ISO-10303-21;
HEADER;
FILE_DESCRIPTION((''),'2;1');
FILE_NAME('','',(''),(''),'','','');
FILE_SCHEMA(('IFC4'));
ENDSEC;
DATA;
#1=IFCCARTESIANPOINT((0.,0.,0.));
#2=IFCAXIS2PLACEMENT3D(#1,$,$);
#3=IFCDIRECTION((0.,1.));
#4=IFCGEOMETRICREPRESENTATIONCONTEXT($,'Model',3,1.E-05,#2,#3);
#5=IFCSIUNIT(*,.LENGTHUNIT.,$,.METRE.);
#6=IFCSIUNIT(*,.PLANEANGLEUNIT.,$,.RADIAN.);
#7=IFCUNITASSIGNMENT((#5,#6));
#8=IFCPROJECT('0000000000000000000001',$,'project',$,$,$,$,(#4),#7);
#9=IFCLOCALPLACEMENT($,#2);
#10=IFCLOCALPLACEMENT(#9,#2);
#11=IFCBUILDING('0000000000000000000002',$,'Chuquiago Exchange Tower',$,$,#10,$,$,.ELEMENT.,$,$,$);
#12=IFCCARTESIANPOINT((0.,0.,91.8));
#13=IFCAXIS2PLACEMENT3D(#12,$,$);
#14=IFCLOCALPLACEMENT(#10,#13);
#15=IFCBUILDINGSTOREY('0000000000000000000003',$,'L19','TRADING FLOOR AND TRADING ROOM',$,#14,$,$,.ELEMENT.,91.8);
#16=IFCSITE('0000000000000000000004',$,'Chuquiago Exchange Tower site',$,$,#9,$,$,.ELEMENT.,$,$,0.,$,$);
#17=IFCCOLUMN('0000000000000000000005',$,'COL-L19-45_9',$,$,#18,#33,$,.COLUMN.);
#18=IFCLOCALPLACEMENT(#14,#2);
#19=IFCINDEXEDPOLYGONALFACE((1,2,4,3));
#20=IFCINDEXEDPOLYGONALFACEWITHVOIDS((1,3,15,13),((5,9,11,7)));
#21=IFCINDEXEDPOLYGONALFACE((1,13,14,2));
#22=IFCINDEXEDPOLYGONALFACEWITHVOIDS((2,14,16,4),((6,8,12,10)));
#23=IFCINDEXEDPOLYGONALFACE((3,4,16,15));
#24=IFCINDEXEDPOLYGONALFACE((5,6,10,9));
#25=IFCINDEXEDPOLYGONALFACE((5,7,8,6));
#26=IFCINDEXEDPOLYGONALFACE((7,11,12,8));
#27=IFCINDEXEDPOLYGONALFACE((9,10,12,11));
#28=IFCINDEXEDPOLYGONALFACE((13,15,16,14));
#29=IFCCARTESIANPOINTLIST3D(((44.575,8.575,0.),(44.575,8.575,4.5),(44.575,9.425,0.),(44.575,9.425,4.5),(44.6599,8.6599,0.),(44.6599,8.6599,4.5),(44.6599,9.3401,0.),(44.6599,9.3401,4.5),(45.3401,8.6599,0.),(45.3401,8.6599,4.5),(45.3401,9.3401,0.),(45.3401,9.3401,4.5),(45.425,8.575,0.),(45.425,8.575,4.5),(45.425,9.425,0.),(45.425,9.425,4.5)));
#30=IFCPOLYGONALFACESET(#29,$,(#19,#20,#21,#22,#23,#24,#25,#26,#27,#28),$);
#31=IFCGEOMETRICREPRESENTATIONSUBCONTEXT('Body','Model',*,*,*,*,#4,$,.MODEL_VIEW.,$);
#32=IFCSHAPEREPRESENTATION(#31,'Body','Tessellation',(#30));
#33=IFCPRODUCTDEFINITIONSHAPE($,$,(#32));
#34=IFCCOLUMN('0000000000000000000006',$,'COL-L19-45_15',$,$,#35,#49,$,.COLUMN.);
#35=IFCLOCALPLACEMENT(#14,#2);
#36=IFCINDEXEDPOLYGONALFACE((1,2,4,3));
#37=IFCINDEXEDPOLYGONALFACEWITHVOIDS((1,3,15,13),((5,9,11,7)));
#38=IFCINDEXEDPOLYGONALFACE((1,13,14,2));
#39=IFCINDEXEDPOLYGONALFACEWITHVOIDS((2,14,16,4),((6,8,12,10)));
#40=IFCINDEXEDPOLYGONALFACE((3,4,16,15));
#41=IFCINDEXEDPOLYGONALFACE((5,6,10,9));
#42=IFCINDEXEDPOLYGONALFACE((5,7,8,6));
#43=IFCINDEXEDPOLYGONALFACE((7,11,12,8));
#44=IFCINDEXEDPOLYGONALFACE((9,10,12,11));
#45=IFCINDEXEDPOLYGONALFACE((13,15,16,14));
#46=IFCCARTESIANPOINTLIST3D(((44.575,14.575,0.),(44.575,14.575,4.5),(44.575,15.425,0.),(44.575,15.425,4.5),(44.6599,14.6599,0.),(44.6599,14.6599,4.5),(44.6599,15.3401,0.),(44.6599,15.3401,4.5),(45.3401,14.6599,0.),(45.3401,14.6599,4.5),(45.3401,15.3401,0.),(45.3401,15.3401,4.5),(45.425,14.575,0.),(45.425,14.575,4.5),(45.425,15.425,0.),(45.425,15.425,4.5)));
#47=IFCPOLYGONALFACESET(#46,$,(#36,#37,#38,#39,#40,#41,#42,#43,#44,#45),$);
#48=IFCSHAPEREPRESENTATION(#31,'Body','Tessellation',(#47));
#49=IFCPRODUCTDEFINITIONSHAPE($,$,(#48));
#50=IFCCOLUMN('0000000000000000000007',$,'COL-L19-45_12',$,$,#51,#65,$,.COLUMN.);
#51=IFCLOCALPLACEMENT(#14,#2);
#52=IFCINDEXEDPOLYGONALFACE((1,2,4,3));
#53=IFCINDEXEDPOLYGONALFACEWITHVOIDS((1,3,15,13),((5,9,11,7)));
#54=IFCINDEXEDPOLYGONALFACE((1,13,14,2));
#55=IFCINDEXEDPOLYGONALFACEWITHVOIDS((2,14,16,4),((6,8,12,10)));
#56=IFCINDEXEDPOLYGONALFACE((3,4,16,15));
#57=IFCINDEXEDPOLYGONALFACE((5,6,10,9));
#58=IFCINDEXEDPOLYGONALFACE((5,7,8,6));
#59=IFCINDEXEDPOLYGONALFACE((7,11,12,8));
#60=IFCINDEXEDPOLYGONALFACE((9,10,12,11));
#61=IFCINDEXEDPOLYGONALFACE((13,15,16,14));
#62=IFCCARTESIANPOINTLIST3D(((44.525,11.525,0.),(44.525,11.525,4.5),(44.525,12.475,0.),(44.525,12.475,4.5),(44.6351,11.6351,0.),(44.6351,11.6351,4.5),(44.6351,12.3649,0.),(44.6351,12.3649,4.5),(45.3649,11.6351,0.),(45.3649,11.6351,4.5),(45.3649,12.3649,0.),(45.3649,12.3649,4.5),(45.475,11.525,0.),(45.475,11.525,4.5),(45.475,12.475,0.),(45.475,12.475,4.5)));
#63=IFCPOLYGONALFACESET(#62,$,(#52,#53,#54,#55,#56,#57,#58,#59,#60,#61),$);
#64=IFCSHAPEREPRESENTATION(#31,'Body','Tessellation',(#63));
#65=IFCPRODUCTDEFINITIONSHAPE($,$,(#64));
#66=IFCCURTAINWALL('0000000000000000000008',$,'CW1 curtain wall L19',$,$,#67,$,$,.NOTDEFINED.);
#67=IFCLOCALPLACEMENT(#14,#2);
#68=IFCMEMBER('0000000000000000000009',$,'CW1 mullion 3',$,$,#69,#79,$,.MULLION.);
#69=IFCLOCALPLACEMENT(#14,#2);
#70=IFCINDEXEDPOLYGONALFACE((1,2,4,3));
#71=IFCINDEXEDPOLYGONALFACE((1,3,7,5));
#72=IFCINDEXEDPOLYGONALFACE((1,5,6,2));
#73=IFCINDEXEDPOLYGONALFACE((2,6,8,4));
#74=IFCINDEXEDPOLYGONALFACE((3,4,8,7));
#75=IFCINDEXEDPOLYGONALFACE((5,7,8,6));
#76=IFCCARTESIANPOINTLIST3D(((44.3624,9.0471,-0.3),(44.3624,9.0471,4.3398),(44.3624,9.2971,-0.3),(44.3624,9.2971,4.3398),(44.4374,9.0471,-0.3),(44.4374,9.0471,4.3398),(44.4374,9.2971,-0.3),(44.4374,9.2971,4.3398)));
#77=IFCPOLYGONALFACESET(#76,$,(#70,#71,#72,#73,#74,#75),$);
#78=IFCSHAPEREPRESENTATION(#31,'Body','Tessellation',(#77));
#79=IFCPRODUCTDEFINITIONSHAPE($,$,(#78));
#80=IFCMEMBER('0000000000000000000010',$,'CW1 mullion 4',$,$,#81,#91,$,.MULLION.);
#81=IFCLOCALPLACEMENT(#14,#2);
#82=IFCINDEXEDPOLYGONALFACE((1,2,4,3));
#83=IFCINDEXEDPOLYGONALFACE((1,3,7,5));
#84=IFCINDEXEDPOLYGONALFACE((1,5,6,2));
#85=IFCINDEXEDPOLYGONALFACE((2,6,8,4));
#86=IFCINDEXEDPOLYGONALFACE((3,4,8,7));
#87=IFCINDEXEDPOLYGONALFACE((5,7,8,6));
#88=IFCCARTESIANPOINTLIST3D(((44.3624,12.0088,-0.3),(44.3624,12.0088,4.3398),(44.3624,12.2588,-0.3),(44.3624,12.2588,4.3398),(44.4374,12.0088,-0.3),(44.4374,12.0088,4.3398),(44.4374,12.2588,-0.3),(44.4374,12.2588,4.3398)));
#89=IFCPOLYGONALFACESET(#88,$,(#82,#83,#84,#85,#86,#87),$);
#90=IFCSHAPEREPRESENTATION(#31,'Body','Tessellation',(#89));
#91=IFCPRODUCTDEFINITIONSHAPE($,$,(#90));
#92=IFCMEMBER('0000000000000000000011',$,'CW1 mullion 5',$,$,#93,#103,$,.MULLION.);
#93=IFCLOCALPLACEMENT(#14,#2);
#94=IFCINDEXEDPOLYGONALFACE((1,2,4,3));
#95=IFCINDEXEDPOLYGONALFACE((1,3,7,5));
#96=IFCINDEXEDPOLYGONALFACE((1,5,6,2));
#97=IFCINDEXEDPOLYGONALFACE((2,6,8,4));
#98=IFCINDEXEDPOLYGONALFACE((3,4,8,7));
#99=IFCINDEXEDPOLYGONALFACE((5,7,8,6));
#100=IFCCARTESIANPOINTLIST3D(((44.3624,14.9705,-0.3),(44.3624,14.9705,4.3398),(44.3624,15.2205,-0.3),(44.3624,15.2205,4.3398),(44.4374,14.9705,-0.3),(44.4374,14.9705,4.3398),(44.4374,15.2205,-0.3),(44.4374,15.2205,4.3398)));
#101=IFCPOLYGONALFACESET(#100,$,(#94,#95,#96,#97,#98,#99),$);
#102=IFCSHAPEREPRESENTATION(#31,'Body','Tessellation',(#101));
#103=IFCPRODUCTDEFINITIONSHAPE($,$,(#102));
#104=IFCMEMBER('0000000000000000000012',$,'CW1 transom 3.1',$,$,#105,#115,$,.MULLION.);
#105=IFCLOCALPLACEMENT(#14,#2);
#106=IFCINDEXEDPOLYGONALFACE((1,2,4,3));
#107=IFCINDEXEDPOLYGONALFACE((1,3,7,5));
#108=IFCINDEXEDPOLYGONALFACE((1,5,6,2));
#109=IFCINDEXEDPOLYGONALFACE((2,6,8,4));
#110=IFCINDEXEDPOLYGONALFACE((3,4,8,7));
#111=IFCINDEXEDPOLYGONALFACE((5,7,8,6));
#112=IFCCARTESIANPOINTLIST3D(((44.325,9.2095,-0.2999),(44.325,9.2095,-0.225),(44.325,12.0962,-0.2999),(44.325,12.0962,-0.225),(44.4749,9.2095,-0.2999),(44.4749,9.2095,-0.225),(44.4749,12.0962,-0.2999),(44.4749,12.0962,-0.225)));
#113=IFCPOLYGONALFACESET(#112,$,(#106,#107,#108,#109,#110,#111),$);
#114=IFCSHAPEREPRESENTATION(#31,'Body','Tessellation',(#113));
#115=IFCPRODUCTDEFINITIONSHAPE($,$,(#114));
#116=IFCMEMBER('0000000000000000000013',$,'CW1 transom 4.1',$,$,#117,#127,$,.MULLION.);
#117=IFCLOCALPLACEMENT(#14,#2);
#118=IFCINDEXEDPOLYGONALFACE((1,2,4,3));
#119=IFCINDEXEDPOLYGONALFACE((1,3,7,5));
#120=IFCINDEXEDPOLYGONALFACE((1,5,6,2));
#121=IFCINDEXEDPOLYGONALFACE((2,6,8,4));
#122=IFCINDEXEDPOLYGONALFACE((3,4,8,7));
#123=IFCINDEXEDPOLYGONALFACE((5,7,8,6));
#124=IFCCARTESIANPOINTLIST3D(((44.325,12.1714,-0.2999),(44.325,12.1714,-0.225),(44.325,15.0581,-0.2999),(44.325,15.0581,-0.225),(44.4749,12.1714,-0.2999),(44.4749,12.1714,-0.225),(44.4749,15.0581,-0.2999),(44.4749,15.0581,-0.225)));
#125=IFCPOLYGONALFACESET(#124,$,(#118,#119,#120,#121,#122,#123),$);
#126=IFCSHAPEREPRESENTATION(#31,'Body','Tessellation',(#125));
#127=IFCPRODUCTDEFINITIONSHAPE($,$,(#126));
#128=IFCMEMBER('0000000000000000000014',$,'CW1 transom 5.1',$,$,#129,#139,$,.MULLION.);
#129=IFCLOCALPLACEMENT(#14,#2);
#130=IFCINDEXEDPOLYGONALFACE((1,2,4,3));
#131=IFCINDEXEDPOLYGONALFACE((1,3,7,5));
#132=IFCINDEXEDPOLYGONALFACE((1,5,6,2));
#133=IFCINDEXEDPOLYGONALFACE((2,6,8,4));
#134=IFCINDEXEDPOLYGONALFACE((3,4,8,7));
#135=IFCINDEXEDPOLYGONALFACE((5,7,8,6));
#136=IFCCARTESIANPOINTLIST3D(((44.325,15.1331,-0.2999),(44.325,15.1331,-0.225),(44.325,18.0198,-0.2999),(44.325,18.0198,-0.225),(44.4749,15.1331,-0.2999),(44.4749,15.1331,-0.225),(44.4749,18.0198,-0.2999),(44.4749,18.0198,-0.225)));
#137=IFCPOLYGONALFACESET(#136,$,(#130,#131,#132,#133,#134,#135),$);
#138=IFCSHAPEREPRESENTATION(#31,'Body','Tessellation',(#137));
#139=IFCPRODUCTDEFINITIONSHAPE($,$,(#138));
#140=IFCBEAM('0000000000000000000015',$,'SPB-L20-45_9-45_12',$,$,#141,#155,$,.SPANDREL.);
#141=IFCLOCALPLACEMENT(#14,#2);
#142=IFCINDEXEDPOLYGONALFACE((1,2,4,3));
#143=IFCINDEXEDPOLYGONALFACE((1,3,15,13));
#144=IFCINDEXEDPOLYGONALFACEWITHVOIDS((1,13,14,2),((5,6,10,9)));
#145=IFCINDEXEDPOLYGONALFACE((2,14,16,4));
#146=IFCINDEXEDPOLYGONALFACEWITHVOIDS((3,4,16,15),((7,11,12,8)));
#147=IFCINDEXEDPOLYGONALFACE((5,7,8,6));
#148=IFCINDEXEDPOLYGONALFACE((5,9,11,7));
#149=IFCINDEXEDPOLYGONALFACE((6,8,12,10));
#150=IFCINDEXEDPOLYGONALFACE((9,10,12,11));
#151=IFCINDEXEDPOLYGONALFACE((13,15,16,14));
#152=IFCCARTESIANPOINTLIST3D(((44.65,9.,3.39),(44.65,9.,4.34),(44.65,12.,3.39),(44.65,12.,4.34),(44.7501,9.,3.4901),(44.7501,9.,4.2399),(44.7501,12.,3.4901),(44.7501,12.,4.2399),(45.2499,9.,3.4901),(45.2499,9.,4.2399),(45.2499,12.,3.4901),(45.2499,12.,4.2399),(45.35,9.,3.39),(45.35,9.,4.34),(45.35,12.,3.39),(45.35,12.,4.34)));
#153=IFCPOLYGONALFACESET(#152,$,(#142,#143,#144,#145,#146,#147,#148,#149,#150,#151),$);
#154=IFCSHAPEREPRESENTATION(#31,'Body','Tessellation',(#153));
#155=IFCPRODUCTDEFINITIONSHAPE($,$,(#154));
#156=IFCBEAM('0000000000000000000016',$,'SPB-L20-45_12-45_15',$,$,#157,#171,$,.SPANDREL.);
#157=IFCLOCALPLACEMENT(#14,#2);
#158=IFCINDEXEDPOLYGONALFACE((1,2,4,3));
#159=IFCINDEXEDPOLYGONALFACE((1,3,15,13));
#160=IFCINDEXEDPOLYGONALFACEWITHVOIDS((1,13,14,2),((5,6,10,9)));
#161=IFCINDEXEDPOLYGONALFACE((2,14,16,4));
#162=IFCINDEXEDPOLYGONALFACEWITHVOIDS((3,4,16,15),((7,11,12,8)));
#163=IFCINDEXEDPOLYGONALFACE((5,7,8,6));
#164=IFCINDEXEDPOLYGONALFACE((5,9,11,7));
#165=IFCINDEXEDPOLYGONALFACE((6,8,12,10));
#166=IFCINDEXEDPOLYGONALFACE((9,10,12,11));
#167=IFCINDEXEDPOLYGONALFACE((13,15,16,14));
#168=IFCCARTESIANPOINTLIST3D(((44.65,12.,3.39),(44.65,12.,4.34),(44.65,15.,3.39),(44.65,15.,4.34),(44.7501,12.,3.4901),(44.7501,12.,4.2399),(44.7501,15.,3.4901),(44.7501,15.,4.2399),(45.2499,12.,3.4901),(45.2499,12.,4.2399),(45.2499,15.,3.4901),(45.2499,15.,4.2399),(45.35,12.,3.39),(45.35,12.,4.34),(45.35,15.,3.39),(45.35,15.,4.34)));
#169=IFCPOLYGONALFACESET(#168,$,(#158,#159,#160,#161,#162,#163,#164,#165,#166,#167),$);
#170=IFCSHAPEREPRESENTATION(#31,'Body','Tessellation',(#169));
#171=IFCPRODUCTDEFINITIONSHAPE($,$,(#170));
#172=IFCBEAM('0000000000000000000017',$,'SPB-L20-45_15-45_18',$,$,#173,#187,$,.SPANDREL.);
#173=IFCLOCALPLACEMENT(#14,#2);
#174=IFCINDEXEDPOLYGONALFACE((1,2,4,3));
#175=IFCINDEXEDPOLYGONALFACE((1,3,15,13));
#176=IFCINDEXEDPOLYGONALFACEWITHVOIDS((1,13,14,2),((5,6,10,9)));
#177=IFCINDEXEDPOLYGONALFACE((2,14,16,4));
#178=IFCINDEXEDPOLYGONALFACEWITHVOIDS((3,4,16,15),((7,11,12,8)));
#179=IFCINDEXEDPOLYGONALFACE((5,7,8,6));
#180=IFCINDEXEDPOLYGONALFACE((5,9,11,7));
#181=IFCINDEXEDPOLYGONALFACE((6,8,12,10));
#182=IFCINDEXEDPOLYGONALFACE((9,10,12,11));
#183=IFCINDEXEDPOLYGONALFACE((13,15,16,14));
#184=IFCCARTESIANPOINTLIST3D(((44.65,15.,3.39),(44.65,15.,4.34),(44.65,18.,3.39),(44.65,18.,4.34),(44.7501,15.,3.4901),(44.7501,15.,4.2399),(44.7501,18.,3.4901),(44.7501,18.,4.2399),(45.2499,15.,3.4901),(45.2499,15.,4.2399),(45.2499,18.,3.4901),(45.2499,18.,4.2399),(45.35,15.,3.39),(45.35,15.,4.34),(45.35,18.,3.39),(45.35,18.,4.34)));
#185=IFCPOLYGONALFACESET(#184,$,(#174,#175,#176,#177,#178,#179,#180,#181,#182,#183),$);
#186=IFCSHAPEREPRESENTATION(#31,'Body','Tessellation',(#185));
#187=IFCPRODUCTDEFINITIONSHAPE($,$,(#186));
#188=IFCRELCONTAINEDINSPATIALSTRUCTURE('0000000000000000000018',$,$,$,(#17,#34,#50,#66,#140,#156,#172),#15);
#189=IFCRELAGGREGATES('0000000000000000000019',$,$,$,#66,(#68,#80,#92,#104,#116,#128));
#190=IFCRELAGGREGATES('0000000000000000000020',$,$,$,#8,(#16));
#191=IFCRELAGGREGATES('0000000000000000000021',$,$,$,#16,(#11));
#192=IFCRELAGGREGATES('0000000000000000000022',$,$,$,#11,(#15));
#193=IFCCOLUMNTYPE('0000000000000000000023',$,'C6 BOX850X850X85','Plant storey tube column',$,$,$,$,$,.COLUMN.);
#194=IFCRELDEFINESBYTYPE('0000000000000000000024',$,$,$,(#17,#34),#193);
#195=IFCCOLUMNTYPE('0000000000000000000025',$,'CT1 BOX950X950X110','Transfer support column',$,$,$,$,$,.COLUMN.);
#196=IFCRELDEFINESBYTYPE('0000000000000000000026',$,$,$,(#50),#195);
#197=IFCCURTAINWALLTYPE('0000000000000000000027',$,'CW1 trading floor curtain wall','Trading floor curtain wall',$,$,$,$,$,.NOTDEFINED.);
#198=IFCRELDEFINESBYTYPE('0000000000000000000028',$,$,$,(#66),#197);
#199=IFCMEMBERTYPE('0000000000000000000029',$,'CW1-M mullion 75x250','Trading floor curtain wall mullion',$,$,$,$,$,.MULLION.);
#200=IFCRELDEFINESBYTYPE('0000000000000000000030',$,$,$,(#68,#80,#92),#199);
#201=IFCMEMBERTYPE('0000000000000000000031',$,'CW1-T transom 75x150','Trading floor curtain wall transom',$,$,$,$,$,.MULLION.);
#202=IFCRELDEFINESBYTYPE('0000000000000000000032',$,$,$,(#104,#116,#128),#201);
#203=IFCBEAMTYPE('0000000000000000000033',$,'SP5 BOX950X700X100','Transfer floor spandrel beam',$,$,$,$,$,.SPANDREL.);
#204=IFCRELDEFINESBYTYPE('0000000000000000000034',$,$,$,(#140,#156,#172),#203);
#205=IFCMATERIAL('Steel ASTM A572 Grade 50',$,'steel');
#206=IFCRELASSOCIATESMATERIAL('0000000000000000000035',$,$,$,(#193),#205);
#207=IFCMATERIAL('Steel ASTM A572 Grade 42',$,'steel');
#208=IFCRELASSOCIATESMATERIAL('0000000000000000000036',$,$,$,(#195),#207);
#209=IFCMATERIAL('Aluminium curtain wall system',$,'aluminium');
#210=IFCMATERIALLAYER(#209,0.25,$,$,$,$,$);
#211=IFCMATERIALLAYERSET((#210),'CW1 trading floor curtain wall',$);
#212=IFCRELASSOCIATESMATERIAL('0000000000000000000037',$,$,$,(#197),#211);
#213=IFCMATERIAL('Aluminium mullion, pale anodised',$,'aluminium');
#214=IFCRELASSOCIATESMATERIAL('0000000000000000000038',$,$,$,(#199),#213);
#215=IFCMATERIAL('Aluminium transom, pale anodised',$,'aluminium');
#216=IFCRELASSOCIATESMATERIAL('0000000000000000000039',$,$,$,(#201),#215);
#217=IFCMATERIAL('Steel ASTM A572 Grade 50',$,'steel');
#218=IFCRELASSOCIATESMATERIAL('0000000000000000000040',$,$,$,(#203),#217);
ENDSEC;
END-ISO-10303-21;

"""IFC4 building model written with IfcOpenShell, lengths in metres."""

from ifc_helpers import new_model, si_unit, direction, frame, origin, origin_2d, place, context, subcontext, project, spatial, rectangle, hollow_rectangle, extrude, material, layer, layer_set, material_profile, profile_set, type_object, element, aggregate, save


model = new_model("IFC4")

# Units and contexts
model_context = context("Model", 3, precision=1e-05, world=origin(), true_north=direction((0.0, 1.0)))
body_context = subcontext(model_context, "Body", "Model", "MODEL_VIEW")
ifc_project = project(units=[si_unit("LENGTHUNIT", "METRE"), si_unit("PLANEANGLEUNIT", "RADIAN")], contexts=[model_context])

# Site, building, storey
site_placement = place(None, origin())
site = spatial("IfcSite", under=ifc_project, at=site_placement, Name="Chuquiago Exchange Tower site", CompositionType="ELEMENT", RefElevation=0.0)
building_placement = place(site_placement, origin())
building = spatial("IfcBuilding", under=site, at=building_placement, Name="Chuquiago Exchange Tower", CompositionType="ELEMENT")
storey_placement = place(building_placement, frame((0.0, 0.0, 91.8)))
storey = spatial("IfcBuildingStorey", under=building, at=storey_placement, Name="L19", Description="TRADING FLOOR AND TRADING ROOM", CompositionType="ELEMENT", Elevation=91.8)

# Columns
ifc_material_1 = material(Name="Steel ASTM A572 Grade 50", Category="steel")
ifc_material_profile_1 = material_profile(ifc_material_1, hollow_rectangle(XDim=0.8501, YDim=0.8501, WallThickness=0.085, at=origin_2d()), Name="BOX850X850X85")
ifc_profile_set_1 = profile_set([ifc_material_profile_1], Name="Steel ASTM A572 Grade 50")
column_type_1 = type_object("IfcColumnType", Name="C6 BOX850X850X85", Description="Plant storey tube column", PredefinedType="COLUMN", material=ifc_profile_set_1)
for number, where, z_axis, x_axis, name in (
    (1, (45.0, 9.0, 0.0), (0.0, 0.0, 1.0), (1.0, 0.0, 0.0), "COL-L19-45_9"),
    (2, (45.0, 15.0, 0.0), (0.0, 0.0, 1.0), (1.0, 0.0, 0.0), "COL-L19-45_15"),
):
    element("IfcColumn", number, at=place(storey_placement, frame(where, z_axis=z_axis, x_axis=x_axis)), inside=storey, type_object=column_type_1, Name=name, PredefinedType="COLUMN", context=body_context, shape_type="SweptSolid", body=[
        extrude(hollow_rectangle(XDim=0.8501, YDim=0.8501, WallThickness=0.085, at=origin_2d()), origin(), (0.0, 0.0, 1.0), 4.5),
    ])
ifc_material_2 = material(Name="Steel ASTM A572 Grade 42", Category="steel")
ifc_material_profile_2 = material_profile(ifc_material_2, hollow_rectangle(XDim=0.95, YDim=0.95, WallThickness=0.1101, at=origin_2d()), Name="BOX950X950X110")
ifc_profile_set_2 = profile_set([ifc_material_profile_2], Name="Steel ASTM A572 Grade 42")
column_type_2 = type_object("IfcColumnType", Name="CT1 BOX950X950X110", Description="Transfer support column", PredefinedType="COLUMN", material=ifc_profile_set_2)
column_placement = place(storey_placement, frame((45.0, 12.0, 0.0), z_axis=(0.0, 0.0, 1.0), x_axis=(1.0, 0.0, 0.0)))
element("IfcColumn", 3, at=column_placement, inside=storey, type_object=column_type_2, Name="COL-L19-45_12", PredefinedType="COLUMN", context=body_context, shape_type="SweptSolid", body=[
    extrude(hollow_rectangle(XDim=0.95, YDim=0.95, WallThickness=0.1101, at=origin_2d()), origin(), (0.0, 0.0, 1.0), 4.5),
])

# Curtain wall, members
ifc_material_3 = material(Name="Aluminium curtain wall system", Category="aluminium")
ifc_layer_1 = layer(ifc_material_3, 0.25)
ifc_layer_set_1 = layer_set([ifc_layer_1], Name="CW1 trading floor curtain wall")
curtain_wall_type = type_object("IfcCurtainWallType", Name="CW1 trading floor curtain wall", Description="Trading floor curtain wall", PredefinedType="NOTDEFINED", material=ifc_layer_set_1)
curtain_wall_placement = place(storey_placement, origin())
curtain_wall = element("IfcCurtainWall", 4, at=curtain_wall_placement, inside=storey, type_object=curtain_wall_type, Name="CW1 curtain wall L19", PredefinedType="NOTDEFINED")
ifc_material_4 = material(Name="Aluminium mullion, pale anodised", Category="aluminium")
ifc_material_profile_3 = material_profile(ifc_material_4, rectangle(XDim=0.075, YDim=0.25, at=origin_2d()), Name="AL 75x250")
ifc_profile_set_3 = profile_set([ifc_material_profile_3], Name="Aluminium mullion, pale anodised")
member_type_1 = type_object("IfcMemberType", Name="CW1-M mullion 75x250", Description="Trading floor curtain wall mullion", PredefinedType="MULLION", material=ifc_profile_set_3)
member_1_placement = place(storey_placement, frame((44.3999, 9.1721, -0.3), z_axis=(0.0, 0.0, 1.0), x_axis=(-1.0, 0.0, 0.0)))
member_1 = element("IfcMember", 5, at=member_1_placement, type_object=member_type_1, Name="CW1 mullion 3", PredefinedType="MULLION", context=body_context, shape_type="SweptSolid", body=[
    extrude(rectangle(XDim=0.075, YDim=0.25, at=origin_2d()), origin(), (0.0, 0.0, 1.0), 4.6399),
])
member_2_placement = place(storey_placement, frame((44.3999, 12.1338, -0.3), z_axis=(0.0, 0.0, 1.0), x_axis=(-1.0, 0.0, 0.0)))
member_2 = element("IfcMember", 6, at=member_2_placement, type_object=member_type_1, Name="CW1 mullion 4", PredefinedType="MULLION", context=body_context, shape_type="SweptSolid", body=[
    extrude(rectangle(XDim=0.075, YDim=0.25, at=origin_2d()), origin(), (0.0, 0.0, 1.0), 4.6399),
])
member_3_placement = place(storey_placement, frame((44.3999, 15.0955, -0.3), z_axis=(0.0, 0.0, 1.0), x_axis=(-1.0, 0.0, 0.0)))
member_3 = element("IfcMember", 7, at=member_3_placement, type_object=member_type_1, Name="CW1 mullion 5", PredefinedType="MULLION", context=body_context, shape_type="SweptSolid", body=[
    extrude(rectangle(XDim=0.075, YDim=0.25, at=origin_2d()), origin(), (0.0, 0.0, 1.0), 4.6399),
])
ifc_material_5 = material(Name="Aluminium transom, pale anodised", Category="aluminium")
ifc_material_profile_4 = material_profile(ifc_material_5, rectangle(XDim=0.1499, YDim=0.075, at=origin_2d()), Name="AL 150x75")
ifc_profile_set_4 = profile_set([ifc_material_profile_4], Name="Aluminium transom, pale anodised")
member_type_2 = type_object("IfcMemberType", Name="CW1-T transom 75x150", Description="Trading floor curtain wall transom", PredefinedType="MULLION", material=ifc_profile_set_4)
member_4_placement = place(storey_placement, frame((44.3999, 9.2095, -0.2625), z_axis=(0.0, 1.0, 0.0), x_axis=(-1.0, 0.0, 0.0)))
member_4 = element("IfcMember", 8, at=member_4_placement, type_object=member_type_2, Name="CW1 transom 3.1", PredefinedType="MULLION", context=body_context, shape_type="SweptSolid", body=[
    extrude(rectangle(XDim=0.1499, YDim=0.075, at=origin_2d()), origin(), (0.0, 0.0, 1.0), 2.8867),
])
member_5_placement = place(storey_placement, frame((44.3999, 12.1714, -0.2625), z_axis=(0.0, 1.0, 0.0), x_axis=(-1.0, 0.0, 0.0)))
member_5 = element("IfcMember", 9, at=member_5_placement, type_object=member_type_2, Name="CW1 transom 4.1", PredefinedType="MULLION", context=body_context, shape_type="SweptSolid", body=[
    extrude(rectangle(XDim=0.1499, YDim=0.075, at=origin_2d()), origin(), (0.0, 0.0, 1.0), 2.8867),
])
member_6_placement = place(storey_placement, frame((44.3999, 15.1331, -0.2625), z_axis=(0.0, 1.0, 0.0), x_axis=(-1.0, 0.0, 0.0)))
member_6 = element("IfcMember", 10, at=member_6_placement, type_object=member_type_2, Name="CW1 transom 5.1", PredefinedType="MULLION", context=body_context, shape_type="SweptSolid", body=[
    extrude(rectangle(XDim=0.1499, YDim=0.075, at=origin_2d()), origin(), (0.0, 0.0, 1.0), 2.8867),
])

# Beams
ifc_material_6 = material(Name="Steel ASTM A572 Grade 50", Category="steel")
ifc_material_profile_5 = material_profile(ifc_material_6, hollow_rectangle(XDim=0.7, YDim=0.95, WallThickness=0.1001, at=origin_2d()), Name="BOX950X700X100")
ifc_profile_set_5 = profile_set([ifc_material_profile_5], Name="Steel ASTM A572 Grade 50")
beam_type = type_object("IfcBeamType", Name="SP5 BOX950X700X100", Description="Transfer floor spandrel beam", PredefinedType="SPANDREL", material=ifc_profile_set_5)
for number, where, z_axis, x_axis, name in (
    (11, (45.0, 9.0, 3.865), (0.0, 1.0, 0.0), (-1.0, 0.0, 0.0), "SPB-L20-45_9-45_12"),
    (12, (45.0, 12.0, 3.865), (0.0, 1.0, 0.0), (-1.0, 0.0, 0.0), "SPB-L20-45_12-45_15"),
    (13, (45.0, 15.0, 3.865), (0.0, 1.0, 0.0), (-1.0, 0.0, 0.0), "SPB-L20-45_15-45_18"),
):
    element("IfcBeam", number, at=place(storey_placement, frame(where, z_axis=z_axis, x_axis=x_axis)), inside=storey, type_object=beam_type, Name=name, PredefinedType="SPANDREL", context=body_context, shape_type="SweptSolid", body=[
        extrude(hollow_rectangle(XDim=0.7, YDim=0.95, WallThickness=0.1001, at=origin_2d()), origin(), (0.0, 0.0, 1.0), 3.0),
    ])

aggregate(curtain_wall, [member_1, member_2, member_3, member_4, member_5, member_6])

save(model, "model.ifc")
